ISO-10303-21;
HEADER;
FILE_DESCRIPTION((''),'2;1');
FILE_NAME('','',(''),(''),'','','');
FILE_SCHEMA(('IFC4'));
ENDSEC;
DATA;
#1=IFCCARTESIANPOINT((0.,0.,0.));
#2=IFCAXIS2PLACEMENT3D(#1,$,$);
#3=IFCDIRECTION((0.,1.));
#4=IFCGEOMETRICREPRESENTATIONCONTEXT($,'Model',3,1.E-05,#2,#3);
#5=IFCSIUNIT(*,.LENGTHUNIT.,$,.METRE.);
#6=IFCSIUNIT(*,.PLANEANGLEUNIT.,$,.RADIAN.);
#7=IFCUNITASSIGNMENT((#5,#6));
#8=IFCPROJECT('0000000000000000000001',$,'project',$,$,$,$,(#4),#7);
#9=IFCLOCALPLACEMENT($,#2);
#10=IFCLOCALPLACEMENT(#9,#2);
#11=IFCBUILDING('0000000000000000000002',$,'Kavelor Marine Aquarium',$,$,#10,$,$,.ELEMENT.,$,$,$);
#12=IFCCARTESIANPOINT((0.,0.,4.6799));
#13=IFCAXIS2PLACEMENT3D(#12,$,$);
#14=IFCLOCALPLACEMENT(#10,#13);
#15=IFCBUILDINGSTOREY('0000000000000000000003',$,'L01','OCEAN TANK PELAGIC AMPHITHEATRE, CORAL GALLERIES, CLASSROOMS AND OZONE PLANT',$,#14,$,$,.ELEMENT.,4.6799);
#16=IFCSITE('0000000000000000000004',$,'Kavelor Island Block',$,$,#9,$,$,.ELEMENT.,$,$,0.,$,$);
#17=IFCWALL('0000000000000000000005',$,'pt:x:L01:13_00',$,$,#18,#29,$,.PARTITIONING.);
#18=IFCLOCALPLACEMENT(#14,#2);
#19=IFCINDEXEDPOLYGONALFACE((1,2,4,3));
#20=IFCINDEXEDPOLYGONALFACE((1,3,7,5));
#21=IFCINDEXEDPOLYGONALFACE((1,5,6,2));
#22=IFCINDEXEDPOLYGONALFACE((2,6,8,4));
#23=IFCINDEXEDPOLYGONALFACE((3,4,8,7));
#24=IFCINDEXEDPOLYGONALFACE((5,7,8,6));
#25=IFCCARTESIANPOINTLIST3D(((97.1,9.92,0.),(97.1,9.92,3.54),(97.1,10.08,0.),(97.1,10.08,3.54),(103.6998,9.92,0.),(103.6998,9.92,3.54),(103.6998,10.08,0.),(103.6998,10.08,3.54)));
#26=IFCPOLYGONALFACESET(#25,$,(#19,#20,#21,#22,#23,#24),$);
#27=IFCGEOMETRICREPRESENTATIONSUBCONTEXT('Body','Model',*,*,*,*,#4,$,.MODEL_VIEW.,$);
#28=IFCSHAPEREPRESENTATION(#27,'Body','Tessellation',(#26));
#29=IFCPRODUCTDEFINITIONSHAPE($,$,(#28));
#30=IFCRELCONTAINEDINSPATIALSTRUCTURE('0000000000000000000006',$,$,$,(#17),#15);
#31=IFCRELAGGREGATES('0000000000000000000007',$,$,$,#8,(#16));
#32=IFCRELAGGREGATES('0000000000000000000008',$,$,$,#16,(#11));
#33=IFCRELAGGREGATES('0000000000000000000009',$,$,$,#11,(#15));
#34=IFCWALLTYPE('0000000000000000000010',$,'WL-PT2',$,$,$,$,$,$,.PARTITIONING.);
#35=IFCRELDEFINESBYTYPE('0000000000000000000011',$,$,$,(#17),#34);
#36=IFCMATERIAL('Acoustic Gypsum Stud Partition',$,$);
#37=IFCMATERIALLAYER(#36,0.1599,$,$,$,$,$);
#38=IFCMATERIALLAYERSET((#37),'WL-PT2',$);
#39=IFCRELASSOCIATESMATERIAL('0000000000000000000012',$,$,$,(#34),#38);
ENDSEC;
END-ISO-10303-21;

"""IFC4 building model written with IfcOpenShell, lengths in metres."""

from ifc_helpers import new_model, si_unit, direction, frame, frame_2d, origin, place, context, subcontext, project, spatial, rectangle, extrude, material, layer, layer_set, type_object, element, save


model = new_model("IFC4")

# Units and contexts
model_context = context("Model", 3, precision=1e-05, world=origin(), true_north=direction((0.0, 1.0)))
body_context = subcontext(model_context, "Body", "Model", "MODEL_VIEW")
ifc_project = project(units=[si_unit("LENGTHUNIT", "METRE"), si_unit("PLANEANGLEUNIT", "RADIAN")], contexts=[model_context])

# Site, building, storey
site_placement = place(None, origin())
site = spatial("IfcSite", under=ifc_project, at=site_placement, Name="Kavelor Island Block", CompositionType="ELEMENT", RefElevation=0.0)
building_placement = place(site_placement, origin())
building = spatial("IfcBuilding", under=site, at=building_placement, Name="Kavelor Marine Aquarium", CompositionType="ELEMENT")
storey_placement = place(building_placement, frame((0.0, 0.0, 4.6799)))
storey = spatial("IfcBuildingStorey", under=building, at=storey_placement, Name="L01", Description="OCEAN TANK PELAGIC AMPHITHEATRE, CORAL GALLERIES, CLASSROOMS AND OZONE PLANT", CompositionType="ELEMENT", Elevation=4.6799)

# Wall
ifc_material_1 = material(Name="Acoustic Gypsum Stud Partition")
ifc_layer_1 = layer(ifc_material_1, 0.1599)
ifc_layer_set_1 = layer_set([ifc_layer_1], Name="WL-PT2")
wall_type = type_object("IfcWallType", Name="WL-PT2", PredefinedType="PARTITIONING", material=ifc_layer_set_1)
wall_placement = place(storey_placement, frame((97.1001, 10.0, 0.0), z_axis=(0.0, 0.0, 1.0), x_axis=(1.0, 0.0, 0.0)))
element("IfcWall", 1, at=wall_placement, inside=storey, type_object=wall_type, Name="pt:x:L01:13_00", PredefinedType="PARTITIONING", context=body_context, shape_type="SweptSolid", body=[
    extrude(rectangle(XDim=6.5999, YDim=0.1599, at=frame_2d((3.2998, 0.0))), origin(), (0.0, 0.0, 1.0), 3.54),
])

save(model, "model.ifc")
